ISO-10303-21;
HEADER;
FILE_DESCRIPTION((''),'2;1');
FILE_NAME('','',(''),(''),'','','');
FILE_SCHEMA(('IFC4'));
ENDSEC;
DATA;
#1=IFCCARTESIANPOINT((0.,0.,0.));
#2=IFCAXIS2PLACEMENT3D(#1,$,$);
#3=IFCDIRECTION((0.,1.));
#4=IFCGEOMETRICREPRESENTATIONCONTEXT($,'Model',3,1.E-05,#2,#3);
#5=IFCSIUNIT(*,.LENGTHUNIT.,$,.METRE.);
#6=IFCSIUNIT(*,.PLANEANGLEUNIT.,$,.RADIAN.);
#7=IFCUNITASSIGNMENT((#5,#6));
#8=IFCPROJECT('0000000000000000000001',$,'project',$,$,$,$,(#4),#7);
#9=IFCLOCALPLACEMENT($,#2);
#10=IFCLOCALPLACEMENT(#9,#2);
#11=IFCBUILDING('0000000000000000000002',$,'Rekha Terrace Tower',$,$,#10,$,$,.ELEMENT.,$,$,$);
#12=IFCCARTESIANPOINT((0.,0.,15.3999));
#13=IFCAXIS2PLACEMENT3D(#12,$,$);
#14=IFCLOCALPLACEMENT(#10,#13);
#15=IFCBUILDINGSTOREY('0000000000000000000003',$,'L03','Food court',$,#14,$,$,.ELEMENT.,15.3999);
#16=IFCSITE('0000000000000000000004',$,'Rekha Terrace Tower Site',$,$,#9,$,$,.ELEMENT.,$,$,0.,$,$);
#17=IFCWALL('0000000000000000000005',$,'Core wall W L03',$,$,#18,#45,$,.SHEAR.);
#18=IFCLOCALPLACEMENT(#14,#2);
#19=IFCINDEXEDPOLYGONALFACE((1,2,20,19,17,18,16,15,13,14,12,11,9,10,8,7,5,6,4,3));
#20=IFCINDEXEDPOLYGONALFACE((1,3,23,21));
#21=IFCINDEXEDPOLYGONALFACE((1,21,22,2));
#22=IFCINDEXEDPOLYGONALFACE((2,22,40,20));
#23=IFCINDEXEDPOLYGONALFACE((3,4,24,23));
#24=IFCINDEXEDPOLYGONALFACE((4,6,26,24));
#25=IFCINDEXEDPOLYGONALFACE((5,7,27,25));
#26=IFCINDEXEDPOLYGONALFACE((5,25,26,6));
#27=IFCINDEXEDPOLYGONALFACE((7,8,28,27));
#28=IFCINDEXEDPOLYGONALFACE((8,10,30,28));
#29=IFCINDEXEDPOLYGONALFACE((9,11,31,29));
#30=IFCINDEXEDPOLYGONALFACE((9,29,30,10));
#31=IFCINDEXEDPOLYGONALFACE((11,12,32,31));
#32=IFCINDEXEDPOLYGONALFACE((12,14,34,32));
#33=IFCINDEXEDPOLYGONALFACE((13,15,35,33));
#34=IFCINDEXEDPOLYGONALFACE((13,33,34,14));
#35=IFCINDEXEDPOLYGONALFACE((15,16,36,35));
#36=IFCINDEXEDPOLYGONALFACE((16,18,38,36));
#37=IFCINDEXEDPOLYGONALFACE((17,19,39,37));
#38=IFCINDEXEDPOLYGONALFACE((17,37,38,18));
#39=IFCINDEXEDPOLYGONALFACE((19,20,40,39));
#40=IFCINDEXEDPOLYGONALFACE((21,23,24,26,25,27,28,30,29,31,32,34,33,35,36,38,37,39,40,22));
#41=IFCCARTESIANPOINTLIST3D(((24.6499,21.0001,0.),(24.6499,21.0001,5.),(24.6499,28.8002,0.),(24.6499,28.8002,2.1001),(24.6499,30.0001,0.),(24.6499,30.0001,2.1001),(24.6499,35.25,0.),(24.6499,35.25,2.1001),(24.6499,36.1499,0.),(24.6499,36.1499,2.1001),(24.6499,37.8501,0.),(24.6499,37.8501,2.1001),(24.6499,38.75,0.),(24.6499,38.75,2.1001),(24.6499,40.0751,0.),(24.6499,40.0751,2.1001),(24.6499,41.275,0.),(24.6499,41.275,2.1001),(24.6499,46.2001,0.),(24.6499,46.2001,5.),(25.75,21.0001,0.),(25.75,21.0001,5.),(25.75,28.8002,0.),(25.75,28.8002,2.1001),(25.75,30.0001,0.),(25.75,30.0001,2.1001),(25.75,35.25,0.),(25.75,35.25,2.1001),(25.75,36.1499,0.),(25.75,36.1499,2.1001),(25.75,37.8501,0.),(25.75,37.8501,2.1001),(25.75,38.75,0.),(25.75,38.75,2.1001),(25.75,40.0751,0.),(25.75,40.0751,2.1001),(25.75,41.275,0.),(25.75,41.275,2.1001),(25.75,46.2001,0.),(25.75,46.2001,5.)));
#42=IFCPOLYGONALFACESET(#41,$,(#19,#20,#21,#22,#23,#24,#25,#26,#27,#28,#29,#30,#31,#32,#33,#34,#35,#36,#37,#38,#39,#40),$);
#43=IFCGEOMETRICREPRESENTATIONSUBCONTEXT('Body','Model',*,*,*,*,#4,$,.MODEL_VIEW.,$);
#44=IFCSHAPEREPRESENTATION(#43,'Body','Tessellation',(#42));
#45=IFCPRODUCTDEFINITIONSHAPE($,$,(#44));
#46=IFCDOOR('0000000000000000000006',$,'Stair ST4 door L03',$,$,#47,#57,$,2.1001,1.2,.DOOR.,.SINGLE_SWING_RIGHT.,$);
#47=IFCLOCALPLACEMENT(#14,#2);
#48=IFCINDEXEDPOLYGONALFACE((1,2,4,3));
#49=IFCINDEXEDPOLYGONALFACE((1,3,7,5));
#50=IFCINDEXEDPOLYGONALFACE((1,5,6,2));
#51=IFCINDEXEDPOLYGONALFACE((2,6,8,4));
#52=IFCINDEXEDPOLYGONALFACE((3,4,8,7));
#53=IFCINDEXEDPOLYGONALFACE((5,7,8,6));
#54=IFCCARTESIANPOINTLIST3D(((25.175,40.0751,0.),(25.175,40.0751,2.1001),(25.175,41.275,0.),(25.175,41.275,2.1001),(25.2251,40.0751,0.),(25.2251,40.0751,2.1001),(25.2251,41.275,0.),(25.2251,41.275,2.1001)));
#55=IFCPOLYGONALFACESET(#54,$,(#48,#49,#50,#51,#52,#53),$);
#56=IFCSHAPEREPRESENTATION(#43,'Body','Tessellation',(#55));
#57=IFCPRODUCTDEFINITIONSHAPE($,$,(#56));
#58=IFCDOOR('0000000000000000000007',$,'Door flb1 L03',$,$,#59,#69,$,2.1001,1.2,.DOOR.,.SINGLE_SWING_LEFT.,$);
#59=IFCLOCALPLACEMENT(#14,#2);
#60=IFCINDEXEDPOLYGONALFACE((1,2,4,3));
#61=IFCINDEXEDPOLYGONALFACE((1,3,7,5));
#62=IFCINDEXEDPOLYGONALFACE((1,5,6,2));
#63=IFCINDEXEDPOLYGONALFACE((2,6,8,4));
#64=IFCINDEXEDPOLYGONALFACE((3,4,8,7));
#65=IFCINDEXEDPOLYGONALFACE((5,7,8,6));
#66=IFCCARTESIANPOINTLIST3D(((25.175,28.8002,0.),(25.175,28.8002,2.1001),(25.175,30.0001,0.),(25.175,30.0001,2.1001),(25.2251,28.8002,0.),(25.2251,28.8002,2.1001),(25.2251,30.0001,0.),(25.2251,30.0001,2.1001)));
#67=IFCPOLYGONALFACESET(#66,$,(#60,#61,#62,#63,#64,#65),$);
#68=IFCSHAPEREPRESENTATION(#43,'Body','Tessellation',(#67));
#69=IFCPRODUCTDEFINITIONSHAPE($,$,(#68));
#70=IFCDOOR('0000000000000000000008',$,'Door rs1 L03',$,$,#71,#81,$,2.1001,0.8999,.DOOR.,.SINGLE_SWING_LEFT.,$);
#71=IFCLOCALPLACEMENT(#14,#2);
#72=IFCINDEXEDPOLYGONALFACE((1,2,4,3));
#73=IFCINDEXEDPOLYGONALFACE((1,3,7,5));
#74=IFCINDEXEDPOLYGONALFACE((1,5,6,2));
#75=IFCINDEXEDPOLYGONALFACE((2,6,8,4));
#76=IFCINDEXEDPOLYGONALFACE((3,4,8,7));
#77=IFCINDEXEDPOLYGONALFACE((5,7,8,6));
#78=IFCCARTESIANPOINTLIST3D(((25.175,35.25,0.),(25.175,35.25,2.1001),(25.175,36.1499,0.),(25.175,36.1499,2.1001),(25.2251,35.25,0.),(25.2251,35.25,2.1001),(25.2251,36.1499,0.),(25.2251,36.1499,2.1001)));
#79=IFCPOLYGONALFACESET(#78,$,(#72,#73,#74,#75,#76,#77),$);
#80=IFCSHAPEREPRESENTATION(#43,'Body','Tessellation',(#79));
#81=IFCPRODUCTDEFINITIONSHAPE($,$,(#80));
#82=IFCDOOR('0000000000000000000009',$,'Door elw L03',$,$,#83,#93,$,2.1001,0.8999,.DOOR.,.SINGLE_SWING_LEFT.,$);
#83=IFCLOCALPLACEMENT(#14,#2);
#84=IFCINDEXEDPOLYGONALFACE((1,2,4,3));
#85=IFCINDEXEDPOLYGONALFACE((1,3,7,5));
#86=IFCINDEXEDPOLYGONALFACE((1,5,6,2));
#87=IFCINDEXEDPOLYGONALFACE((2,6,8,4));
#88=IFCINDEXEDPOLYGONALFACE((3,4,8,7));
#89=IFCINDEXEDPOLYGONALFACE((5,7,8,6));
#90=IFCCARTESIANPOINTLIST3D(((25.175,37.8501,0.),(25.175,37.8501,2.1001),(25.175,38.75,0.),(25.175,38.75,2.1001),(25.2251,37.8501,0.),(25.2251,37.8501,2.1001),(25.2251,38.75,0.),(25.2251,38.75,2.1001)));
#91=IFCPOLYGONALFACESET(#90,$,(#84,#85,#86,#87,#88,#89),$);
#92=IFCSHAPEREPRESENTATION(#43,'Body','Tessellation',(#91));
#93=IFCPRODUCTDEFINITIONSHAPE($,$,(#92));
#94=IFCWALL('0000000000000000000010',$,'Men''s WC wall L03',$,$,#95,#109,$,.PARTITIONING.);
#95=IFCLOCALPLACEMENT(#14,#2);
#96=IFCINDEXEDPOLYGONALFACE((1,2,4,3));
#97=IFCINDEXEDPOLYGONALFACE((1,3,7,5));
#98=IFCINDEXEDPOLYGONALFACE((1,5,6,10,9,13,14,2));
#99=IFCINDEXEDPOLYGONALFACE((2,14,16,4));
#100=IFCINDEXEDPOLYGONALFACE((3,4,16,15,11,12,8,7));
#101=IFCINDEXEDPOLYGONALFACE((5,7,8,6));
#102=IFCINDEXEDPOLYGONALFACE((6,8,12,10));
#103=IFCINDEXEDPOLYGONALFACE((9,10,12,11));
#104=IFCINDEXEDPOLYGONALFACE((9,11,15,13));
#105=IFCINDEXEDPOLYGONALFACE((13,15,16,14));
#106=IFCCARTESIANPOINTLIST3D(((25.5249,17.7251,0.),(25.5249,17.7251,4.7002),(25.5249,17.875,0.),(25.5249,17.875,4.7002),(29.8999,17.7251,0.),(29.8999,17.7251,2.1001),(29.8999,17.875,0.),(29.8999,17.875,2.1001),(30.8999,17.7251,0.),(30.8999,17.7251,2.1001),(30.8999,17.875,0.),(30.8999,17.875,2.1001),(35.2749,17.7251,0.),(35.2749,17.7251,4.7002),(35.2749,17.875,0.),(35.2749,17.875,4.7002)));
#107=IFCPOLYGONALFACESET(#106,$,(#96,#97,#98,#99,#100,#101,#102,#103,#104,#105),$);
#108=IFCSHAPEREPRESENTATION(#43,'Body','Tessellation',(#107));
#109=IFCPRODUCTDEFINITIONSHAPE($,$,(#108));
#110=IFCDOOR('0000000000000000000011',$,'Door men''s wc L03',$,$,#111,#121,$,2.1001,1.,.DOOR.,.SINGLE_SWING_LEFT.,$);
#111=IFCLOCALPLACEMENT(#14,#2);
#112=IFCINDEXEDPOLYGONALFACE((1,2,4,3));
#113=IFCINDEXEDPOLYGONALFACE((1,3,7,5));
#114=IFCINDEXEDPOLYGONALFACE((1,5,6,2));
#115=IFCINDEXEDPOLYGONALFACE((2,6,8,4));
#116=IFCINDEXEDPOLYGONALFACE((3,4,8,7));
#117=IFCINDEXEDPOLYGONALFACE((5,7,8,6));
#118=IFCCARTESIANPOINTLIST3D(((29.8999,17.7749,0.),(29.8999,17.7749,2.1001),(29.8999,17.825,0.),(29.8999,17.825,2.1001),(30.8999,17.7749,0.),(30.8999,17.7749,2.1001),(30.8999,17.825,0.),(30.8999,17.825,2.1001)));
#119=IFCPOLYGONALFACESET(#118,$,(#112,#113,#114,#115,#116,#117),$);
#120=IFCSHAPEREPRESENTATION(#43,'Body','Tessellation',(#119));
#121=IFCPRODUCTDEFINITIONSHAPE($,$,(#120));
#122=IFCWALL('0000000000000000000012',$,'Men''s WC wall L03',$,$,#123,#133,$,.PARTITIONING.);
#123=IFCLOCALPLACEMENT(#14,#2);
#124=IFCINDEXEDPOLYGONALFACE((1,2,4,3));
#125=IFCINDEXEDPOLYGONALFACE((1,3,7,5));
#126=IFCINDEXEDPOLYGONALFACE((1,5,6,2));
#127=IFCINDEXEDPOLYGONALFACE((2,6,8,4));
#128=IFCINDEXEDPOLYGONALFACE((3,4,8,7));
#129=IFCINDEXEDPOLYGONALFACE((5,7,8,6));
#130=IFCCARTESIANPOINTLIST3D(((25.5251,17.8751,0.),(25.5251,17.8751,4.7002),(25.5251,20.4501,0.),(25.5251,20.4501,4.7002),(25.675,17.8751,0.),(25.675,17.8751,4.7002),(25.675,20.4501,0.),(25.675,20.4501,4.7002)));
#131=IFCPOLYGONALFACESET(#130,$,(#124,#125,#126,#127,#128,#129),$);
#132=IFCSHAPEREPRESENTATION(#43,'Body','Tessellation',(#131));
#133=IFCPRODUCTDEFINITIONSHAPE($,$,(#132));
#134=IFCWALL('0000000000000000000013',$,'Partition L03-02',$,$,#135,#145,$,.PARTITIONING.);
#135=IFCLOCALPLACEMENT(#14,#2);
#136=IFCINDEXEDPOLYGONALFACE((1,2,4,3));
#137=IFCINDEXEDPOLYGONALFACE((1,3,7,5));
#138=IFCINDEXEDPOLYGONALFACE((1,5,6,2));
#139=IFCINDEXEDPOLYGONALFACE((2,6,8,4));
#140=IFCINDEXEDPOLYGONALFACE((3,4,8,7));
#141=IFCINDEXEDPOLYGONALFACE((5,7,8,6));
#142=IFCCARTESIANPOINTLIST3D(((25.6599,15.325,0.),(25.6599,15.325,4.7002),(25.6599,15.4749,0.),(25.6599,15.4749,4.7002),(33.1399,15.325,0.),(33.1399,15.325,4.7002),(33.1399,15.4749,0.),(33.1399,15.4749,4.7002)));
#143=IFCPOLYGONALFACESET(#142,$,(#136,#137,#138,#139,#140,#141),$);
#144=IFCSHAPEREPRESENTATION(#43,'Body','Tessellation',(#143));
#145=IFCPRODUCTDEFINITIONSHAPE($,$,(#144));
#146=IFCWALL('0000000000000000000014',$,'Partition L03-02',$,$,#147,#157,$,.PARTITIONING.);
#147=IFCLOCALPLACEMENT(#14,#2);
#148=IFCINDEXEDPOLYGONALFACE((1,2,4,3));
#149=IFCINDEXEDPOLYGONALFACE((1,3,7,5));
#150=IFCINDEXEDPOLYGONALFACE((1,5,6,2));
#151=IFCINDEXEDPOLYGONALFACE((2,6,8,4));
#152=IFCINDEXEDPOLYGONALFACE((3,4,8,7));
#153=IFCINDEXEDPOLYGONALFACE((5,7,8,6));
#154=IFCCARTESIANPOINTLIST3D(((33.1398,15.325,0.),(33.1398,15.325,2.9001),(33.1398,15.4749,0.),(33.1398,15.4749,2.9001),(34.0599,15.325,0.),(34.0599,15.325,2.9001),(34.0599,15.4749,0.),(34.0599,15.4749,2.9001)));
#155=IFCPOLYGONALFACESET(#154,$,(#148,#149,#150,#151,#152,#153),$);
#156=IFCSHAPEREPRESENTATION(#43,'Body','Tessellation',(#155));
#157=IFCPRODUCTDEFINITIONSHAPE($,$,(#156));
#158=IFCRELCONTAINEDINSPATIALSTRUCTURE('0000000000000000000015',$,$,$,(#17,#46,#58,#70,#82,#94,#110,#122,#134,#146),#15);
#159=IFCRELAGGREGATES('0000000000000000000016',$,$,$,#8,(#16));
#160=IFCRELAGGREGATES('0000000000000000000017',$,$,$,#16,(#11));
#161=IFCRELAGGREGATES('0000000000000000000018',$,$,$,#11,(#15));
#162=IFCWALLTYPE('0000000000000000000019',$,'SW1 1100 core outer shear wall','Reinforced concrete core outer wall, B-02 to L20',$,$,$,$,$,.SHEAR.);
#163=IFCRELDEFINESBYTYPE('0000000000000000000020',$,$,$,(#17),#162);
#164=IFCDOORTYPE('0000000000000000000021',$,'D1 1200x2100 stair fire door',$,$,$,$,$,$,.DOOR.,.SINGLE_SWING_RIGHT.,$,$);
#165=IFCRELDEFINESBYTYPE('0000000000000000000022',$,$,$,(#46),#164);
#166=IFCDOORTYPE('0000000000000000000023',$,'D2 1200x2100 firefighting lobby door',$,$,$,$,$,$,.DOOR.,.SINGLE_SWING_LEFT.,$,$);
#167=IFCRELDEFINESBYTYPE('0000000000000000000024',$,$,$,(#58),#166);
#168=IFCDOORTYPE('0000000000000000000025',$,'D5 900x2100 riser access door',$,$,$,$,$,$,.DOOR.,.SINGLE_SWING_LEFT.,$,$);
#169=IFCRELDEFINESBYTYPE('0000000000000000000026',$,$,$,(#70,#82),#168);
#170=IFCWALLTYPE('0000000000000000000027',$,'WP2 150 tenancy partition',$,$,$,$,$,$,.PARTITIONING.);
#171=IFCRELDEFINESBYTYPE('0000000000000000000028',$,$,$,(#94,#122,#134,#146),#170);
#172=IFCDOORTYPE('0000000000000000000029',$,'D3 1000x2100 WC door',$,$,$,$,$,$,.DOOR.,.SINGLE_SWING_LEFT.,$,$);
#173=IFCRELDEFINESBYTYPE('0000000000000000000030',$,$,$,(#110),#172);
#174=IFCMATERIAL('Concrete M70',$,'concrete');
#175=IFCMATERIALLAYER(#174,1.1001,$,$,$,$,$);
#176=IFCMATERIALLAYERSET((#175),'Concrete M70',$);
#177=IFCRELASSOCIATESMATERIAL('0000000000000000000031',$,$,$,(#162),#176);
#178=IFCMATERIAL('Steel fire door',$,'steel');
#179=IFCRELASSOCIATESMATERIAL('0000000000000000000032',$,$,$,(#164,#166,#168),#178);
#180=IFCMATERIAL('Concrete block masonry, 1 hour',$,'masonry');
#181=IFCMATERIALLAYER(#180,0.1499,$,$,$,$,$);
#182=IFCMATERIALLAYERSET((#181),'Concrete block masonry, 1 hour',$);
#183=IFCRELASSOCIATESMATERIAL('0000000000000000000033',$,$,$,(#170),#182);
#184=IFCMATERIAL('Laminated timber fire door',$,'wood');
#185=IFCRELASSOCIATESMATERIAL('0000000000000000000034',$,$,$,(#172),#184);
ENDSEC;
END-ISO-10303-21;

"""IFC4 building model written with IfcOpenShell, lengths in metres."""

from ifc_helpers import new_model, si_unit, direction, frame, frame_2d, origin, place, context, subcontext, project, spatial, rectangle, extrude, material, layer, layer_set, type_object, element, fill, save


model = new_model("IFC4")

# Units and contexts
model_context = context("Model", 3, precision=1e-05, world=origin(), true_north=direction((0.0, 1.0)))
body_context = subcontext(model_context, "Body", "Model", "MODEL_VIEW")
ifc_project = project(units=[si_unit("LENGTHUNIT", "METRE"), si_unit("PLANEANGLEUNIT", "RADIAN")], contexts=[model_context])

# Site, building, storey
site_placement = place(None, origin())
site = spatial("IfcSite", under=ifc_project, at=site_placement, Name="Rekha Terrace Tower Site", CompositionType="ELEMENT", RefElevation=0.0)
building_placement = place(site_placement, origin())
building = spatial("IfcBuilding", under=site, at=building_placement, Name="Rekha Terrace Tower", CompositionType="ELEMENT")
storey_placement = place(building_placement, frame((0.0, 0.0, 15.3999)))
storey = spatial("IfcBuildingStorey", under=building, at=storey_placement, Name="L03", Description="Food court", CompositionType="ELEMENT", Elevation=15.3999)

# Shared definitions
ifc_material_1 = material(Name="Concrete M70", Category="concrete")

# Shared definitions
ifc_layer_1 = layer(ifc_material_1, 1.1001)
ifc_layer_set_1 = layer_set([ifc_layer_1], Name="Concrete M70")
wall_type_1 = type_object("IfcWallType", Name="SW1 1100 core outer shear wall", Description="Reinforced concrete core outer wall, B-02 to L20", PredefinedType="SHEAR", material=ifc_layer_set_1)

# Wall, openings, doors
wall_1_placement = place(storey_placement, frame((25.2, 21.0, 0.0), z_axis=(0.0, 0.0, 1.0), x_axis=(0.0, 1.0, 0.0)))
wall_1 = element("IfcWall", 1, at=wall_1_placement, inside=storey, type_object=wall_type_1, Name="Core wall W L03", PredefinedType="SHEAR", context=body_context, shape_type="SweptSolid", body=[
    extrude(rectangle(XDim=25.2, YDim=1.1001, at=frame_2d((12.6001, 0.0))), origin(), (0.0, 0.0, 1.0), 5.0),
])
opening_1_placement = place(wall_1_placement, frame((7.8, 0.0, 0.0)))
opening_1 = element("IfcOpeningElement", 2, at=opening_1_placement, cuts=wall_1, PredefinedType="OPENING", context=body_context, shape_type="SweptSolid", body=[
    extrude(rectangle(XDim=1.2, YDim=2.1001, at=frame_2d((0.6001, 1.05))), frame((0.0, 0.5601, 0.0), z_axis=(0.0, -1.0, 0.0), x_axis=(1.0, 0.0, 0.0)), (0.0, 0.0, 1.0), 1.1201),
])
opening_2_placement = place(wall_1_placement, frame((14.25, 0.0, 0.0)))
opening_2 = element("IfcOpeningElement", 3, at=opening_2_placement, cuts=wall_1, PredefinedType="OPENING", context=body_context, shape_type="SweptSolid", body=[
    extrude(rectangle(XDim=0.8999, YDim=2.1001, at=frame_2d((0.45, 1.05))), frame((0.0, 0.5601, 0.0), z_axis=(0.0, -1.0, 0.0), x_axis=(1.0, 0.0, 0.0)), (0.0, 0.0, 1.0), 1.1201),
])
opening_3_placement = place(wall_1_placement, frame((16.8501, 0.0, 0.0)))
opening_3 = element("IfcOpeningElement", 4, at=opening_3_placement, cuts=wall_1, PredefinedType="OPENING", context=body_context, shape_type="SweptSolid", body=[
    extrude(rectangle(XDim=0.8999, YDim=2.1001, at=frame_2d((0.45, 1.05))), frame((0.0, 0.5601, 0.0), z_axis=(0.0, -1.0, 0.0), x_axis=(1.0, 0.0, 0.0)), (0.0, 0.0, 1.0), 1.1201),
])
opening_4_placement = place(wall_1_placement, frame((19.075, 0.0, 0.0)))
opening_4 = element("IfcOpeningElement", 5, at=opening_4_placement, cuts=wall_1, PredefinedType="OPENING", context=body_context, shape_type="SweptSolid", body=[
    extrude(rectangle(XDim=1.2, YDim=2.1001, at=frame_2d((0.6001, 1.05))), frame((0.0, 0.5601, 0.0), z_axis=(0.0, -1.0, 0.0), x_axis=(1.0, 0.0, 0.0)), (0.0, 0.0, 1.0), 1.1201),
])
ifc_material_2 = material(Name="Steel fire door", Category="steel")
door_type_1 = type_object("IfcDoorType", Name="D1 1200x2100 stair fire door", OperationType="SINGLE_SWING_RIGHT", PredefinedType="DOOR", material=ifc_material_2)
door_1_placement = place(opening_4_placement, origin())
door_1 = element("IfcDoor", 6, at=door_1_placement, inside=storey, type_object=door_type_1, Name="Stair ST4 door L03", OperationType="SINGLE_SWING_RIGHT", OverallHeight=2.1001, OverallWidth=1.2, PredefinedType="DOOR", context=body_context, shape_type="SweptSolid", body=[
    extrude(rectangle(XDim=1.2, YDim=2.1001, at=frame_2d((0.6001, 1.05))), frame((0.0, 0.0249, 0.0), z_axis=(0.0, -1.0, 0.0), x_axis=(1.0, 0.0, 0.0)), (0.0, 0.0, 1.0), 0.05),
])
fill(opening_4, door_1)
door_type_2 = type_object("IfcDoorType", Name="D2 1200x2100 firefighting lobby door", OperationType="SINGLE_SWING_LEFT", PredefinedType="DOOR", material=ifc_material_2)
door_2_placement = place(opening_1_placement, origin())
door_2 = element("IfcDoor", 7, at=door_2_placement, inside=storey, type_object=door_type_2, Name="Door flb1 L03", OperationType="SINGLE_SWING_LEFT", OverallHeight=2.1001, OverallWidth=1.2, PredefinedType="DOOR", context=body_context, shape_type="SweptSolid", body=[
    extrude(rectangle(XDim=1.2, YDim=2.1001, at=frame_2d((0.6001, 1.05))), frame((0.0, 0.0249, 0.0), z_axis=(0.0, -1.0, 0.0), x_axis=(1.0, 0.0, 0.0)), (0.0, 0.0, 1.0), 0.05),
])
fill(opening_1, door_2)
door_type_3 = type_object("IfcDoorType", Name="D5 900x2100 riser access door", OperationType="SINGLE_SWING_LEFT", PredefinedType="DOOR", material=ifc_material_2)
door_3_placement = place(opening_2_placement, origin())
door_3 = element("IfcDoor", 8, at=door_3_placement, inside=storey, type_object=door_type_3, Name="Door rs1 L03", OperationType="SINGLE_SWING_LEFT", OverallHeight=2.1001, OverallWidth=0.8999, PredefinedType="DOOR", context=body_context, shape_type="SweptSolid", body=[
    extrude(rectangle(XDim=0.8999, YDim=2.1001, at=frame_2d((0.45, 1.05))), frame((0.0, 0.0249, 0.0), z_axis=(0.0, -1.0, 0.0), x_axis=(1.0, 0.0, 0.0)), (0.0, 0.0, 1.0), 0.05),
])
fill(opening_2, door_3)
door_4_placement = place(opening_3_placement, origin())
door_4 = element("IfcDoor", 9, at=door_4_placement, inside=storey, type_object=door_type_3, Name="Door elw L03", OperationType="SINGLE_SWING_LEFT", OverallHeight=2.1001, OverallWidth=0.8999, PredefinedType="DOOR", context=body_context, shape_type="SweptSolid", body=[
    extrude(rectangle(XDim=0.8999, YDim=2.1001, at=frame_2d((0.45, 1.05))), frame((0.0, 0.0249, 0.0), z_axis=(0.0, -1.0, 0.0), x_axis=(1.0, 0.0, 0.0)), (0.0, 0.0, 1.0), 0.05),
])
fill(opening_3, door_4)

# Wall, opening, door
ifc_material_3 = material(Name="Concrete block masonry, 1 hour", Category="masonry")
ifc_layer_2 = layer(ifc_material_3, 0.1499)
ifc_layer_set_2 = layer_set([ifc_layer_2], Name="Concrete block masonry, 1 hour")
wall_type_2 = type_object("IfcWallType", Name="WP2 150 tenancy partition", PredefinedType="PARTITIONING", material=ifc_layer_set_2)
wall_2_placement = place(storey_placement, frame((25.5249, 17.8, 0.0), z_axis=(0.0, 0.0, 1.0), x_axis=(1.0, 0.0, 0.0)))
wall_2 = element("IfcWall", 10, at=wall_2_placement, inside=storey, type_object=wall_type_2, Name="Men's WC wall L03", PredefinedType="PARTITIONING", context=body_context, shape_type="SweptSolid", body=[
    extrude(rectangle(XDim=9.75, YDim=0.1499, at=frame_2d((4.875, 0.0))), origin(), (0.0, 0.0, 1.0), 4.7002),
])
opening_5_placement = place(wall_2_placement, frame((4.375, 0.0, 0.0)))
opening_5 = element("IfcOpeningElement", 11, at=opening_5_placement, cuts=wall_2, PredefinedType="OPENING", context=body_context, shape_type="SweptSolid", body=[
    extrude(rectangle(XDim=1.0, YDim=2.1001, at=frame_2d((0.5, 1.05))), frame((0.0, 0.085, 0.0), z_axis=(0.0, -1.0, 0.0), x_axis=(1.0, 0.0, 0.0)), (0.0, 0.0, 1.0), 0.1699),
])
ifc_material_4 = material(Name="Laminated timber fire door", Category="wood")
door_type_4 = type_object("IfcDoorType", Name="D3 1000x2100 WC door", OperationType="SINGLE_SWING_LEFT", PredefinedType="DOOR", material=ifc_material_4)
door_5_placement = place(opening_5_placement, origin())
door_5 = element("IfcDoor", 12, at=door_5_placement, inside=storey, type_object=door_type_4, Name="Door men's wc L03", OperationType="SINGLE_SWING_LEFT", OverallHeight=2.1001, OverallWidth=1.0, PredefinedType="DOOR", context=body_context, shape_type="SweptSolid", body=[
    extrude(rectangle(XDim=1.0, YDim=2.1001, at=frame_2d((0.5, 1.05))), frame((0.0, 0.0249, 0.0), z_axis=(0.0, -1.0, 0.0), x_axis=(1.0, 0.0, 0.0)), (0.0, 0.0, 1.0), 0.05),
])
fill(opening_5, door_5)

# Walls
wall_3_placement = place(storey_placement, frame((25.6001, 17.875, 0.0), z_axis=(0.0, 0.0, 1.0), x_axis=(0.0, 1.0, 0.0)))
element("IfcWall", 13, at=wall_3_placement, inside=storey, type_object=wall_type_2, Name="Men's WC wall L03", PredefinedType="PARTITIONING", context=body_context, shape_type="SweptSolid", body=[
    extrude(rectangle(XDim=2.575, YDim=0.1499, at=frame_2d((1.2876, 0.0))), origin(), (0.0, 0.0, 1.0), 4.7002),
])
wall_4_placement = place(storey_placement, frame((25.6599, 15.3999, 0.0), z_axis=(0.0, 0.0, 1.0), x_axis=(1.0, 0.0, 0.0)))
element("IfcWall", 14, at=wall_4_placement, inside=storey, type_object=wall_type_2, Name="Partition L03-02", PredefinedType="PARTITIONING", context=body_context, shape_type="SweptSolid", body=[
    extrude(rectangle(XDim=7.48, YDim=0.1499, at=frame_2d((3.74, 0.0))), origin(), (0.0, 0.0, 1.0), 4.7002),
])
wall_5_placement = place(storey_placement, frame((33.1399, 15.3999, 0.0), z_axis=(0.0, 0.0, 1.0), x_axis=(1.0, 0.0, 0.0)))
element("IfcWall", 15, at=wall_5_placement, inside=storey, type_object=wall_type_2, Name="Partition L03-02", PredefinedType="PARTITIONING", context=body_context, shape_type="SweptSolid", body=[
    extrude(rectangle(XDim=0.9202, YDim=0.1499, at=frame_2d((0.46, 0.0))), origin(), (0.0, 0.0, 1.0), 2.9001),
])

save(model, "model.ifc")
